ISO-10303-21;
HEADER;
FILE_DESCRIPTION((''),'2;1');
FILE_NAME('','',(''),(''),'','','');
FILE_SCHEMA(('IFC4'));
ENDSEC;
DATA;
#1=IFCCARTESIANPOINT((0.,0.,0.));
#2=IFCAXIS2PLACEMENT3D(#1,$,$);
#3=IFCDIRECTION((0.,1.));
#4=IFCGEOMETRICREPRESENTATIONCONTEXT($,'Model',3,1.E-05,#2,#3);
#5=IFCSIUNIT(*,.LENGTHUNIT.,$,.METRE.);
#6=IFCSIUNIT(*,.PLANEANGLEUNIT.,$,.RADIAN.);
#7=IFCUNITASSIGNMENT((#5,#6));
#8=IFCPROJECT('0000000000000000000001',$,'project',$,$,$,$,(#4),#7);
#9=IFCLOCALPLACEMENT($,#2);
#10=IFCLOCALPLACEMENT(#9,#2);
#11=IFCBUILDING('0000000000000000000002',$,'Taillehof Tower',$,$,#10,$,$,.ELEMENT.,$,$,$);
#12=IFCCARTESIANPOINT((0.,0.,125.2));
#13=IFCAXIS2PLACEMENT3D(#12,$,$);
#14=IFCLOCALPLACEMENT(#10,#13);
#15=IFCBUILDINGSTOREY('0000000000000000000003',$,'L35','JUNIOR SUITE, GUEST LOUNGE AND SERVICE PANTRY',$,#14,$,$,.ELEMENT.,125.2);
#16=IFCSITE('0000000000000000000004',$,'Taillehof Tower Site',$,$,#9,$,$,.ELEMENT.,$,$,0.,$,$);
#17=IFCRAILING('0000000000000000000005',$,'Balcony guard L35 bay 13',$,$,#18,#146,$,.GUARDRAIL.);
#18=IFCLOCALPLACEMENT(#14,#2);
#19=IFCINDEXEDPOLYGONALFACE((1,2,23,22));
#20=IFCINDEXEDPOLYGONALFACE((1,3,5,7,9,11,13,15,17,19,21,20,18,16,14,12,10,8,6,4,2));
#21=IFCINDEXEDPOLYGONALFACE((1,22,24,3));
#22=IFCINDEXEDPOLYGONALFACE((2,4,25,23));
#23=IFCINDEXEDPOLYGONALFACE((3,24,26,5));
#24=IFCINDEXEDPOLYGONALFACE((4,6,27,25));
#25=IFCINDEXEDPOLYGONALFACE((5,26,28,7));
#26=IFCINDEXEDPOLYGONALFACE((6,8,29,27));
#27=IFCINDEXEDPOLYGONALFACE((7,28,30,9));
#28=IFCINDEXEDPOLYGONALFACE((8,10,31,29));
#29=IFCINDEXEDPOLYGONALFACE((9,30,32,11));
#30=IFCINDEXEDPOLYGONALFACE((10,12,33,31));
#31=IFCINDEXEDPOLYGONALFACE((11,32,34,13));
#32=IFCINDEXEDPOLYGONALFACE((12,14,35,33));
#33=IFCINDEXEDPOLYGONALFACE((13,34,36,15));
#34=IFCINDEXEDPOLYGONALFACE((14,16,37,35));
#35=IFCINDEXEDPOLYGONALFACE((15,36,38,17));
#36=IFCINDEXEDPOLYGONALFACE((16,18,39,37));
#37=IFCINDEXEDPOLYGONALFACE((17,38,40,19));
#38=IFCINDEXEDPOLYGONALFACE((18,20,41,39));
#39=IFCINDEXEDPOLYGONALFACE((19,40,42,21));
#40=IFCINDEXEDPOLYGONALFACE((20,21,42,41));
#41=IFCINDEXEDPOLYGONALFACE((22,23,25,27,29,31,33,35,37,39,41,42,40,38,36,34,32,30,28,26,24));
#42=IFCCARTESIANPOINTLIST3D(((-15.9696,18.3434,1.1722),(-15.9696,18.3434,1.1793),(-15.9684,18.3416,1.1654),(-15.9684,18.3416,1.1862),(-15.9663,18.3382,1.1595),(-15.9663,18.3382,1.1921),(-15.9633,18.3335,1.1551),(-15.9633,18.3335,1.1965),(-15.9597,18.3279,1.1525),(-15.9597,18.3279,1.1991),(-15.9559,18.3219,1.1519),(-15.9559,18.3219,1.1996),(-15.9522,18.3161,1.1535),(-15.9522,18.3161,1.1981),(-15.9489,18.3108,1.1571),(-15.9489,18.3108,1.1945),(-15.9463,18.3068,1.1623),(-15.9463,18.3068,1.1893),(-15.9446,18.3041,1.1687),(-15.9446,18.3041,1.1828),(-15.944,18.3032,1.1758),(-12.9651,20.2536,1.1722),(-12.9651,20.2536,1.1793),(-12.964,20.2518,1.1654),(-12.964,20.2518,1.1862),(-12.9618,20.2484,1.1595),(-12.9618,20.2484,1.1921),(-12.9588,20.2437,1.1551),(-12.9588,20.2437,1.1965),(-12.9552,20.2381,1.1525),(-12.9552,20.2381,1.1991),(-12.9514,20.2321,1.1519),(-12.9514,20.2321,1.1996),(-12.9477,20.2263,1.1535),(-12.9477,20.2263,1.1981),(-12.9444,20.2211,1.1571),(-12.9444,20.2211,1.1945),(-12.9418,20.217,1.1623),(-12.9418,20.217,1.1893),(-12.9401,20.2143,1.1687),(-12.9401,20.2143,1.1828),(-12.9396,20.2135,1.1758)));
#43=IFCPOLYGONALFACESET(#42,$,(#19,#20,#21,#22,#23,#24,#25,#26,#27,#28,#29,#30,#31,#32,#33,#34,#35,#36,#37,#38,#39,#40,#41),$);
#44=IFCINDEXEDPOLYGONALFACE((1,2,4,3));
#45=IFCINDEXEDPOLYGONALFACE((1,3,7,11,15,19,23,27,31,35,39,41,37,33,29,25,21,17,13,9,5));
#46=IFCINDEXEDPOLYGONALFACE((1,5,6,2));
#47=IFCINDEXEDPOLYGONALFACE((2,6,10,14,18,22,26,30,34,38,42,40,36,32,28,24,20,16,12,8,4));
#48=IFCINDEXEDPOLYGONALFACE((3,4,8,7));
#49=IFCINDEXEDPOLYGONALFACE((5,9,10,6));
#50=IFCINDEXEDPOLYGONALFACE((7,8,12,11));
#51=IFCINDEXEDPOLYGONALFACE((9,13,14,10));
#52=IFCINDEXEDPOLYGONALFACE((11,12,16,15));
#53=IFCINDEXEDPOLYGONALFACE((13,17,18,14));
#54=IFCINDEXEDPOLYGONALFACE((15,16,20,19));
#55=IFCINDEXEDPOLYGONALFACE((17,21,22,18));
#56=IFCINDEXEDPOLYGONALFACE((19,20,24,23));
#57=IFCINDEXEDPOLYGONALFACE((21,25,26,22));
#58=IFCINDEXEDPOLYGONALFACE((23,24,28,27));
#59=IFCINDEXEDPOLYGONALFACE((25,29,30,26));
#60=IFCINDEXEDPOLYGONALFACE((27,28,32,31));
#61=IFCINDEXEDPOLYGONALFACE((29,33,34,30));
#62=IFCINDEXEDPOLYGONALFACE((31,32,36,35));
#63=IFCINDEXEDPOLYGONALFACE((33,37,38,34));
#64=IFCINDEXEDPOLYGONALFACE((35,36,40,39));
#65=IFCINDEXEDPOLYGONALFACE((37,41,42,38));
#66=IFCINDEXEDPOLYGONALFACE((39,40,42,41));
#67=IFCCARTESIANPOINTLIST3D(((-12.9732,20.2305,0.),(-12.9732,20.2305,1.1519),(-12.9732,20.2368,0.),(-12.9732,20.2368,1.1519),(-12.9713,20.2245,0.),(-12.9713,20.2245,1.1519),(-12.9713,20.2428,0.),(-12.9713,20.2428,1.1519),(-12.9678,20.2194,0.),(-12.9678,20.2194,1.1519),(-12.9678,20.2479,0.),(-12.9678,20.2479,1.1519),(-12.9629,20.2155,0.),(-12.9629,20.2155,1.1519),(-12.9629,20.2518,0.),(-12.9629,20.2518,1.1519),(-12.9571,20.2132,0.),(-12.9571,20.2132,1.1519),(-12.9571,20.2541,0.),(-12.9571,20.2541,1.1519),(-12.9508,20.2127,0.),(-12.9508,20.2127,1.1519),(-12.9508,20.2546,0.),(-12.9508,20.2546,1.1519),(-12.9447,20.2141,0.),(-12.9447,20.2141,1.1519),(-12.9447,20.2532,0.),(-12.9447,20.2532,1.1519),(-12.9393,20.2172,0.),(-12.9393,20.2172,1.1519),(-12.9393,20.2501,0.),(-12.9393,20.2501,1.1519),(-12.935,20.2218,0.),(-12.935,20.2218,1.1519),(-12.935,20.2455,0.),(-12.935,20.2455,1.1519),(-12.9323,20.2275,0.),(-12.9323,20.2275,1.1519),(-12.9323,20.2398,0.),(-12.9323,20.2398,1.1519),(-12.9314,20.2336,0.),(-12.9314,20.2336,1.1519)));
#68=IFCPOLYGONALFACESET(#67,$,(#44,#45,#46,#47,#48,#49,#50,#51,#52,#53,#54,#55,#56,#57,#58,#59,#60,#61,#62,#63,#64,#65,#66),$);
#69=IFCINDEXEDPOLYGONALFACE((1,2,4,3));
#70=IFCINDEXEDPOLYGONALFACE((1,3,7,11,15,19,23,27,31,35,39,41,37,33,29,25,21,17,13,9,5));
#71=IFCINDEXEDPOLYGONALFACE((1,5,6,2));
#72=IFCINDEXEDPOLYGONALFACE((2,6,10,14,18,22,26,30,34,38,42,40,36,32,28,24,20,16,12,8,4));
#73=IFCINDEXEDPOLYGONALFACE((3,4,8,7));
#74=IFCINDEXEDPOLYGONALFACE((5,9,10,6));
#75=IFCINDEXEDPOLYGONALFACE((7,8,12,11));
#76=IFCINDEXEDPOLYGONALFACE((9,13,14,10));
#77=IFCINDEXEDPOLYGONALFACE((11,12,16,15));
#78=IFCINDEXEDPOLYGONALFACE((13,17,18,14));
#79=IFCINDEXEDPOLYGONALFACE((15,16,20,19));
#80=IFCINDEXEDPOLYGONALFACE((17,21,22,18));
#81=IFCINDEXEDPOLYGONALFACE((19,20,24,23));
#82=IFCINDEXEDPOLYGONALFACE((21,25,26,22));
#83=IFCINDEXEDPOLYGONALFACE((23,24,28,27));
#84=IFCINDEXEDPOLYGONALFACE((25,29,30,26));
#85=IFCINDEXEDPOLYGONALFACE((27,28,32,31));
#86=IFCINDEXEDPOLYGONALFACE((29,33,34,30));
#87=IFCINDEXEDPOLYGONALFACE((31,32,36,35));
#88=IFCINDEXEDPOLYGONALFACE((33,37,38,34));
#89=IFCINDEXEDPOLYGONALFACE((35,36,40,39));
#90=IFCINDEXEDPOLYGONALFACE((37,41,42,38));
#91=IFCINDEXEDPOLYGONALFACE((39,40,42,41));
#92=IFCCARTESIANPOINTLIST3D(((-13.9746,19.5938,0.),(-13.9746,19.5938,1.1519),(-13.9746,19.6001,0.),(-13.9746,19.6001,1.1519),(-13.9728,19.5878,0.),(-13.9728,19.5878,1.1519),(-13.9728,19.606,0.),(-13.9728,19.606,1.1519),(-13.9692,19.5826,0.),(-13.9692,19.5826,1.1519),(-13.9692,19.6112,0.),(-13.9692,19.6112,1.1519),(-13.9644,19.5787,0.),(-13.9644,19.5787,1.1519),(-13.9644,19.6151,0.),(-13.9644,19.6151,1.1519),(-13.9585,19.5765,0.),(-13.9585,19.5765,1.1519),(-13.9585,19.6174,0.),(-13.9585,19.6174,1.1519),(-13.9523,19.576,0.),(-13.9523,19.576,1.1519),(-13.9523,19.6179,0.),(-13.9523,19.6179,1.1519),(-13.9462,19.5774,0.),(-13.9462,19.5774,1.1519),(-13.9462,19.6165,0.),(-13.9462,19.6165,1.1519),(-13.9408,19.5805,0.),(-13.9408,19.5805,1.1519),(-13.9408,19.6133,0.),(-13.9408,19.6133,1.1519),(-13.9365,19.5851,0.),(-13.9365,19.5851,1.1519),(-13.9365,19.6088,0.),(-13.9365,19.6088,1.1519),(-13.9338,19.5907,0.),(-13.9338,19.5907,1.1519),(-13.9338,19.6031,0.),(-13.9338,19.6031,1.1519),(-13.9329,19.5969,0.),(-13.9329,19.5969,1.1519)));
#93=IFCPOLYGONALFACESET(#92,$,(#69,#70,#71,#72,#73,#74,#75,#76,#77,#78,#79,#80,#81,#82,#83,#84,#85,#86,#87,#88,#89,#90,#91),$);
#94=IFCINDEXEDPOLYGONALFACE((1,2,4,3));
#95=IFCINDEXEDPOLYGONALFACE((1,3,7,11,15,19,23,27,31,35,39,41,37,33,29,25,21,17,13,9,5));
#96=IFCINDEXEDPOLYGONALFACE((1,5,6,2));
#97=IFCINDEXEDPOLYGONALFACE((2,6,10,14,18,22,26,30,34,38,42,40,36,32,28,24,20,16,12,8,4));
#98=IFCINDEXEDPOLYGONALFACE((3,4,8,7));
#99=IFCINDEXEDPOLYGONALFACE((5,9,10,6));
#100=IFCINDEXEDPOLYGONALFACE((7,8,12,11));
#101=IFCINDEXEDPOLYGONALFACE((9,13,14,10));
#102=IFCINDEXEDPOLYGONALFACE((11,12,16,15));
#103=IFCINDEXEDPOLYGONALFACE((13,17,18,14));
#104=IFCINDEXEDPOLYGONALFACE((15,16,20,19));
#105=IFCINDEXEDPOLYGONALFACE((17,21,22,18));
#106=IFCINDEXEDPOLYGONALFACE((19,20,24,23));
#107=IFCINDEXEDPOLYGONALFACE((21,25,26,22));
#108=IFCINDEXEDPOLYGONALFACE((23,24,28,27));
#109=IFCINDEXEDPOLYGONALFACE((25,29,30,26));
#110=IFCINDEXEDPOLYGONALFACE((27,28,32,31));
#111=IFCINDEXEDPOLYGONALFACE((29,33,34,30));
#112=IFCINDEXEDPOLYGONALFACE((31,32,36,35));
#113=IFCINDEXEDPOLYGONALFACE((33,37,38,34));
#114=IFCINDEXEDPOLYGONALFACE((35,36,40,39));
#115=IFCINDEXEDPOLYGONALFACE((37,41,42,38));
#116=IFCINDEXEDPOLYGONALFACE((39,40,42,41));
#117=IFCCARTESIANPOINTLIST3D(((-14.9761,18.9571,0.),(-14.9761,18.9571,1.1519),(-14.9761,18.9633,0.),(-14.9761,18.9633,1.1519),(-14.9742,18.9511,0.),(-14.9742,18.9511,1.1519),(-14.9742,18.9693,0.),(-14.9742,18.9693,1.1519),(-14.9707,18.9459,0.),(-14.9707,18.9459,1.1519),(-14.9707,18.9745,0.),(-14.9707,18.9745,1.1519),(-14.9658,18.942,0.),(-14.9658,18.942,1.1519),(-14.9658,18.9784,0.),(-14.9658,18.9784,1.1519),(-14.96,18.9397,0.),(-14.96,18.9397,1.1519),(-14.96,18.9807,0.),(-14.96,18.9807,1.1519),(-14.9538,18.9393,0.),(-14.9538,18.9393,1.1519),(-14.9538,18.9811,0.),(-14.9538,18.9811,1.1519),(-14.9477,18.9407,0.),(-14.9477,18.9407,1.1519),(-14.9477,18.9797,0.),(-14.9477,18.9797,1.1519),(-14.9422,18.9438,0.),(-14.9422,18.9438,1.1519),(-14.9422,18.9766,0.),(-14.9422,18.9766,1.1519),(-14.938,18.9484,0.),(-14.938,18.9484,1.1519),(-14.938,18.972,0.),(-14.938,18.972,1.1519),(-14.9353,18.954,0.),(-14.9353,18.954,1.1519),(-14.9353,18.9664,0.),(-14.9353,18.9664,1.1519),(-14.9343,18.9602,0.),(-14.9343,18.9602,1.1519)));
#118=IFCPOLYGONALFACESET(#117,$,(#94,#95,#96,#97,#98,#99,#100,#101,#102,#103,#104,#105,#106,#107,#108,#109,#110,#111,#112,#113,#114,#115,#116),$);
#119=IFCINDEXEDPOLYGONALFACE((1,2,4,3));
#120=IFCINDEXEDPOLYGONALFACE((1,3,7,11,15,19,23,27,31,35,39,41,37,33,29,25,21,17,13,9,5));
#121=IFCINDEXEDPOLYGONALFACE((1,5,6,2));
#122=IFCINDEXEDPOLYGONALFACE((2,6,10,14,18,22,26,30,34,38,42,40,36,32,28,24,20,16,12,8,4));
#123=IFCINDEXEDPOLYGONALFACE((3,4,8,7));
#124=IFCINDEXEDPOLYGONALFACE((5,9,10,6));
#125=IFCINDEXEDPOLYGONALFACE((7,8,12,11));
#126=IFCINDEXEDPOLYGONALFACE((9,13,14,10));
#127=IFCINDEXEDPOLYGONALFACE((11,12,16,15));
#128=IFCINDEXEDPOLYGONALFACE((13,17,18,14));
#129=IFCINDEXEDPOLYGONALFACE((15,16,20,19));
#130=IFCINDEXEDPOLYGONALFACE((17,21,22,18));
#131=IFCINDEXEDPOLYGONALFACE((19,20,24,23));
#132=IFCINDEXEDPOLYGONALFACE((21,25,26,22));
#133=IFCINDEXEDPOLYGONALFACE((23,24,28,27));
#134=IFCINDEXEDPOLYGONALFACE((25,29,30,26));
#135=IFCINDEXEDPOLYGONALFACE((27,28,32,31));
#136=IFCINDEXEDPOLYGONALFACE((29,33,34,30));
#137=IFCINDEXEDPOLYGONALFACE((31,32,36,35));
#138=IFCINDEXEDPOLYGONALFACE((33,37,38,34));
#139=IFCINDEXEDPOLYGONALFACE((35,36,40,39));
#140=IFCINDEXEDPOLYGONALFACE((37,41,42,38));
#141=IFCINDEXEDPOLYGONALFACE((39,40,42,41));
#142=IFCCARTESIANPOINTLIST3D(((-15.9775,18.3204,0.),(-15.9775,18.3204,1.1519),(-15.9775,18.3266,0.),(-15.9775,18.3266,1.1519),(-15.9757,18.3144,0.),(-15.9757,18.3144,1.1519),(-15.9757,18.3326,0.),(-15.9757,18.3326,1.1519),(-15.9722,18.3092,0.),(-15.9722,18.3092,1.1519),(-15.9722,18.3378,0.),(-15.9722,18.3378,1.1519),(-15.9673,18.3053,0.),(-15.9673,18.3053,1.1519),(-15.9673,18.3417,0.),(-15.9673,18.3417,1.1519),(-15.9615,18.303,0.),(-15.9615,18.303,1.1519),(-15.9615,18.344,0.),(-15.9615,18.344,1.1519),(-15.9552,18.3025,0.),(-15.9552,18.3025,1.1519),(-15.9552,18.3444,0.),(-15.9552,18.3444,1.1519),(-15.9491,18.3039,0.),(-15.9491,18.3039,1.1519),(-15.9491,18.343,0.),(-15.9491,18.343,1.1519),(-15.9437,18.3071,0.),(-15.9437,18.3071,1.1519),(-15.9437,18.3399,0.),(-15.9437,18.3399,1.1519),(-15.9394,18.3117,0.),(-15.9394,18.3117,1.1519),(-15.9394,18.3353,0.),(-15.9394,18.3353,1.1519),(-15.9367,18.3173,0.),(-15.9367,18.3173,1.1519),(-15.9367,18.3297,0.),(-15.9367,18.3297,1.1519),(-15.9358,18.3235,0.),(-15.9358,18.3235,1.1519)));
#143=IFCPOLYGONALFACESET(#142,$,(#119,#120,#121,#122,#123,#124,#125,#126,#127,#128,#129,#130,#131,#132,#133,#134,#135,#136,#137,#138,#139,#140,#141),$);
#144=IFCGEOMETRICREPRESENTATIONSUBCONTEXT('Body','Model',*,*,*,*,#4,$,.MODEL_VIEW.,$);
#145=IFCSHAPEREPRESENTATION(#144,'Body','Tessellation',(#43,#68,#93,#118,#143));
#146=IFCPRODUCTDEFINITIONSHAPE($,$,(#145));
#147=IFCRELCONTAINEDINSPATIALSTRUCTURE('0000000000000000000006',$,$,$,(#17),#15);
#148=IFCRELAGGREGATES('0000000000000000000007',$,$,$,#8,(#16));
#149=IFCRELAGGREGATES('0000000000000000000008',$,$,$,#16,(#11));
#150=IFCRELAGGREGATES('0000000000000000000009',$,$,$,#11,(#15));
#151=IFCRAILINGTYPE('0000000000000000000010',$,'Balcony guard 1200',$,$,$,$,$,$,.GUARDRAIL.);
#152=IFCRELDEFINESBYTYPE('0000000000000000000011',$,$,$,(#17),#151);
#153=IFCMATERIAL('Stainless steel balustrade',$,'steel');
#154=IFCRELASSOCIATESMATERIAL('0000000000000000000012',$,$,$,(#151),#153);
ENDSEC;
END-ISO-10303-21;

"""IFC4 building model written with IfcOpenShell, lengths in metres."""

from ifc_helpers import new_model, si_unit, direction, frame, origin, origin_2d, place, context, subcontext, project, spatial, circle, extrude, material, type_object, element, save


model = new_model("IFC4")

# Units and contexts
model_context = context("Model", 3, precision=1e-05, world=origin(), true_north=direction((0.0, 1.0)))
body_context = subcontext(model_context, "Body", "Model", "MODEL_VIEW")
ifc_project = project(units=[si_unit("LENGTHUNIT", "METRE"), si_unit("PLANEANGLEUNIT", "RADIAN")], contexts=[model_context])

# Site, building, storey
site_placement = place(None, origin())
site = spatial("IfcSite", under=ifc_project, at=site_placement, Name="Taillehof Tower Site", CompositionType="ELEMENT", RefElevation=0.0)
building_placement = place(site_placement, origin())
building = spatial("IfcBuilding", under=site, at=building_placement, Name="Taillehof Tower", CompositionType="ELEMENT")
storey_placement = place(building_placement, frame((0.0, 0.0, 125.2)))
storey = spatial("IfcBuildingStorey", under=building, at=storey_placement, Name="L35", Description="JUNIOR SUITE, GUEST LOUNGE AND SERVICE PANTRY", CompositionType="ELEMENT", Elevation=125.2)

# Railing
ifc_material_1 = material(Name="Stainless steel balustrade", Category="steel")
railing_type = type_object("IfcRailingType", Name="Balcony guard 1200", PredefinedType="GUARDRAIL", material=ifc_material_1)
railing_1_placement = place(storey_placement, frame((-12.9524, 20.2336, 0.0)))
element("IfcRailing", 1, at=railing_1_placement, inside=storey, type_object=railing_type, Name="Balcony guard L35 bay 13", PredefinedType="GUARDRAIL", context=body_context, shape_type="SweptSolid", body=[
    extrude(circle(Radius=0.0239, at=origin_2d()), frame((0.0, 0.0, 1.1758), z_axis=(-0.843882, -0.536529, 0.0), x_axis=(0.536529, -0.843882, 0.0)), (0.0, 0.0, 1.0), 3.5603),
    extrude(circle(Radius=0.021, at=origin_2d()), origin(), (0.0, 0.0, 1.0), 1.1519),
    extrude(circle(Radius=0.021, at=origin_2d()), frame((-1.0015, -0.6367, 0.0)), (0.0, 0.0, 1.0), 1.1519),
    extrude(circle(Radius=0.021, at=origin_2d()), frame((-2.0029, -1.2734, 0.0)), (0.0, 0.0, 1.0), 1.1519),
    extrude(circle(Radius=0.021, at=origin_2d()), frame((-3.0044, -1.9102, 0.0)), (0.0, 0.0, 1.0), 1.1519),
])

save(model, "model.ifc")
